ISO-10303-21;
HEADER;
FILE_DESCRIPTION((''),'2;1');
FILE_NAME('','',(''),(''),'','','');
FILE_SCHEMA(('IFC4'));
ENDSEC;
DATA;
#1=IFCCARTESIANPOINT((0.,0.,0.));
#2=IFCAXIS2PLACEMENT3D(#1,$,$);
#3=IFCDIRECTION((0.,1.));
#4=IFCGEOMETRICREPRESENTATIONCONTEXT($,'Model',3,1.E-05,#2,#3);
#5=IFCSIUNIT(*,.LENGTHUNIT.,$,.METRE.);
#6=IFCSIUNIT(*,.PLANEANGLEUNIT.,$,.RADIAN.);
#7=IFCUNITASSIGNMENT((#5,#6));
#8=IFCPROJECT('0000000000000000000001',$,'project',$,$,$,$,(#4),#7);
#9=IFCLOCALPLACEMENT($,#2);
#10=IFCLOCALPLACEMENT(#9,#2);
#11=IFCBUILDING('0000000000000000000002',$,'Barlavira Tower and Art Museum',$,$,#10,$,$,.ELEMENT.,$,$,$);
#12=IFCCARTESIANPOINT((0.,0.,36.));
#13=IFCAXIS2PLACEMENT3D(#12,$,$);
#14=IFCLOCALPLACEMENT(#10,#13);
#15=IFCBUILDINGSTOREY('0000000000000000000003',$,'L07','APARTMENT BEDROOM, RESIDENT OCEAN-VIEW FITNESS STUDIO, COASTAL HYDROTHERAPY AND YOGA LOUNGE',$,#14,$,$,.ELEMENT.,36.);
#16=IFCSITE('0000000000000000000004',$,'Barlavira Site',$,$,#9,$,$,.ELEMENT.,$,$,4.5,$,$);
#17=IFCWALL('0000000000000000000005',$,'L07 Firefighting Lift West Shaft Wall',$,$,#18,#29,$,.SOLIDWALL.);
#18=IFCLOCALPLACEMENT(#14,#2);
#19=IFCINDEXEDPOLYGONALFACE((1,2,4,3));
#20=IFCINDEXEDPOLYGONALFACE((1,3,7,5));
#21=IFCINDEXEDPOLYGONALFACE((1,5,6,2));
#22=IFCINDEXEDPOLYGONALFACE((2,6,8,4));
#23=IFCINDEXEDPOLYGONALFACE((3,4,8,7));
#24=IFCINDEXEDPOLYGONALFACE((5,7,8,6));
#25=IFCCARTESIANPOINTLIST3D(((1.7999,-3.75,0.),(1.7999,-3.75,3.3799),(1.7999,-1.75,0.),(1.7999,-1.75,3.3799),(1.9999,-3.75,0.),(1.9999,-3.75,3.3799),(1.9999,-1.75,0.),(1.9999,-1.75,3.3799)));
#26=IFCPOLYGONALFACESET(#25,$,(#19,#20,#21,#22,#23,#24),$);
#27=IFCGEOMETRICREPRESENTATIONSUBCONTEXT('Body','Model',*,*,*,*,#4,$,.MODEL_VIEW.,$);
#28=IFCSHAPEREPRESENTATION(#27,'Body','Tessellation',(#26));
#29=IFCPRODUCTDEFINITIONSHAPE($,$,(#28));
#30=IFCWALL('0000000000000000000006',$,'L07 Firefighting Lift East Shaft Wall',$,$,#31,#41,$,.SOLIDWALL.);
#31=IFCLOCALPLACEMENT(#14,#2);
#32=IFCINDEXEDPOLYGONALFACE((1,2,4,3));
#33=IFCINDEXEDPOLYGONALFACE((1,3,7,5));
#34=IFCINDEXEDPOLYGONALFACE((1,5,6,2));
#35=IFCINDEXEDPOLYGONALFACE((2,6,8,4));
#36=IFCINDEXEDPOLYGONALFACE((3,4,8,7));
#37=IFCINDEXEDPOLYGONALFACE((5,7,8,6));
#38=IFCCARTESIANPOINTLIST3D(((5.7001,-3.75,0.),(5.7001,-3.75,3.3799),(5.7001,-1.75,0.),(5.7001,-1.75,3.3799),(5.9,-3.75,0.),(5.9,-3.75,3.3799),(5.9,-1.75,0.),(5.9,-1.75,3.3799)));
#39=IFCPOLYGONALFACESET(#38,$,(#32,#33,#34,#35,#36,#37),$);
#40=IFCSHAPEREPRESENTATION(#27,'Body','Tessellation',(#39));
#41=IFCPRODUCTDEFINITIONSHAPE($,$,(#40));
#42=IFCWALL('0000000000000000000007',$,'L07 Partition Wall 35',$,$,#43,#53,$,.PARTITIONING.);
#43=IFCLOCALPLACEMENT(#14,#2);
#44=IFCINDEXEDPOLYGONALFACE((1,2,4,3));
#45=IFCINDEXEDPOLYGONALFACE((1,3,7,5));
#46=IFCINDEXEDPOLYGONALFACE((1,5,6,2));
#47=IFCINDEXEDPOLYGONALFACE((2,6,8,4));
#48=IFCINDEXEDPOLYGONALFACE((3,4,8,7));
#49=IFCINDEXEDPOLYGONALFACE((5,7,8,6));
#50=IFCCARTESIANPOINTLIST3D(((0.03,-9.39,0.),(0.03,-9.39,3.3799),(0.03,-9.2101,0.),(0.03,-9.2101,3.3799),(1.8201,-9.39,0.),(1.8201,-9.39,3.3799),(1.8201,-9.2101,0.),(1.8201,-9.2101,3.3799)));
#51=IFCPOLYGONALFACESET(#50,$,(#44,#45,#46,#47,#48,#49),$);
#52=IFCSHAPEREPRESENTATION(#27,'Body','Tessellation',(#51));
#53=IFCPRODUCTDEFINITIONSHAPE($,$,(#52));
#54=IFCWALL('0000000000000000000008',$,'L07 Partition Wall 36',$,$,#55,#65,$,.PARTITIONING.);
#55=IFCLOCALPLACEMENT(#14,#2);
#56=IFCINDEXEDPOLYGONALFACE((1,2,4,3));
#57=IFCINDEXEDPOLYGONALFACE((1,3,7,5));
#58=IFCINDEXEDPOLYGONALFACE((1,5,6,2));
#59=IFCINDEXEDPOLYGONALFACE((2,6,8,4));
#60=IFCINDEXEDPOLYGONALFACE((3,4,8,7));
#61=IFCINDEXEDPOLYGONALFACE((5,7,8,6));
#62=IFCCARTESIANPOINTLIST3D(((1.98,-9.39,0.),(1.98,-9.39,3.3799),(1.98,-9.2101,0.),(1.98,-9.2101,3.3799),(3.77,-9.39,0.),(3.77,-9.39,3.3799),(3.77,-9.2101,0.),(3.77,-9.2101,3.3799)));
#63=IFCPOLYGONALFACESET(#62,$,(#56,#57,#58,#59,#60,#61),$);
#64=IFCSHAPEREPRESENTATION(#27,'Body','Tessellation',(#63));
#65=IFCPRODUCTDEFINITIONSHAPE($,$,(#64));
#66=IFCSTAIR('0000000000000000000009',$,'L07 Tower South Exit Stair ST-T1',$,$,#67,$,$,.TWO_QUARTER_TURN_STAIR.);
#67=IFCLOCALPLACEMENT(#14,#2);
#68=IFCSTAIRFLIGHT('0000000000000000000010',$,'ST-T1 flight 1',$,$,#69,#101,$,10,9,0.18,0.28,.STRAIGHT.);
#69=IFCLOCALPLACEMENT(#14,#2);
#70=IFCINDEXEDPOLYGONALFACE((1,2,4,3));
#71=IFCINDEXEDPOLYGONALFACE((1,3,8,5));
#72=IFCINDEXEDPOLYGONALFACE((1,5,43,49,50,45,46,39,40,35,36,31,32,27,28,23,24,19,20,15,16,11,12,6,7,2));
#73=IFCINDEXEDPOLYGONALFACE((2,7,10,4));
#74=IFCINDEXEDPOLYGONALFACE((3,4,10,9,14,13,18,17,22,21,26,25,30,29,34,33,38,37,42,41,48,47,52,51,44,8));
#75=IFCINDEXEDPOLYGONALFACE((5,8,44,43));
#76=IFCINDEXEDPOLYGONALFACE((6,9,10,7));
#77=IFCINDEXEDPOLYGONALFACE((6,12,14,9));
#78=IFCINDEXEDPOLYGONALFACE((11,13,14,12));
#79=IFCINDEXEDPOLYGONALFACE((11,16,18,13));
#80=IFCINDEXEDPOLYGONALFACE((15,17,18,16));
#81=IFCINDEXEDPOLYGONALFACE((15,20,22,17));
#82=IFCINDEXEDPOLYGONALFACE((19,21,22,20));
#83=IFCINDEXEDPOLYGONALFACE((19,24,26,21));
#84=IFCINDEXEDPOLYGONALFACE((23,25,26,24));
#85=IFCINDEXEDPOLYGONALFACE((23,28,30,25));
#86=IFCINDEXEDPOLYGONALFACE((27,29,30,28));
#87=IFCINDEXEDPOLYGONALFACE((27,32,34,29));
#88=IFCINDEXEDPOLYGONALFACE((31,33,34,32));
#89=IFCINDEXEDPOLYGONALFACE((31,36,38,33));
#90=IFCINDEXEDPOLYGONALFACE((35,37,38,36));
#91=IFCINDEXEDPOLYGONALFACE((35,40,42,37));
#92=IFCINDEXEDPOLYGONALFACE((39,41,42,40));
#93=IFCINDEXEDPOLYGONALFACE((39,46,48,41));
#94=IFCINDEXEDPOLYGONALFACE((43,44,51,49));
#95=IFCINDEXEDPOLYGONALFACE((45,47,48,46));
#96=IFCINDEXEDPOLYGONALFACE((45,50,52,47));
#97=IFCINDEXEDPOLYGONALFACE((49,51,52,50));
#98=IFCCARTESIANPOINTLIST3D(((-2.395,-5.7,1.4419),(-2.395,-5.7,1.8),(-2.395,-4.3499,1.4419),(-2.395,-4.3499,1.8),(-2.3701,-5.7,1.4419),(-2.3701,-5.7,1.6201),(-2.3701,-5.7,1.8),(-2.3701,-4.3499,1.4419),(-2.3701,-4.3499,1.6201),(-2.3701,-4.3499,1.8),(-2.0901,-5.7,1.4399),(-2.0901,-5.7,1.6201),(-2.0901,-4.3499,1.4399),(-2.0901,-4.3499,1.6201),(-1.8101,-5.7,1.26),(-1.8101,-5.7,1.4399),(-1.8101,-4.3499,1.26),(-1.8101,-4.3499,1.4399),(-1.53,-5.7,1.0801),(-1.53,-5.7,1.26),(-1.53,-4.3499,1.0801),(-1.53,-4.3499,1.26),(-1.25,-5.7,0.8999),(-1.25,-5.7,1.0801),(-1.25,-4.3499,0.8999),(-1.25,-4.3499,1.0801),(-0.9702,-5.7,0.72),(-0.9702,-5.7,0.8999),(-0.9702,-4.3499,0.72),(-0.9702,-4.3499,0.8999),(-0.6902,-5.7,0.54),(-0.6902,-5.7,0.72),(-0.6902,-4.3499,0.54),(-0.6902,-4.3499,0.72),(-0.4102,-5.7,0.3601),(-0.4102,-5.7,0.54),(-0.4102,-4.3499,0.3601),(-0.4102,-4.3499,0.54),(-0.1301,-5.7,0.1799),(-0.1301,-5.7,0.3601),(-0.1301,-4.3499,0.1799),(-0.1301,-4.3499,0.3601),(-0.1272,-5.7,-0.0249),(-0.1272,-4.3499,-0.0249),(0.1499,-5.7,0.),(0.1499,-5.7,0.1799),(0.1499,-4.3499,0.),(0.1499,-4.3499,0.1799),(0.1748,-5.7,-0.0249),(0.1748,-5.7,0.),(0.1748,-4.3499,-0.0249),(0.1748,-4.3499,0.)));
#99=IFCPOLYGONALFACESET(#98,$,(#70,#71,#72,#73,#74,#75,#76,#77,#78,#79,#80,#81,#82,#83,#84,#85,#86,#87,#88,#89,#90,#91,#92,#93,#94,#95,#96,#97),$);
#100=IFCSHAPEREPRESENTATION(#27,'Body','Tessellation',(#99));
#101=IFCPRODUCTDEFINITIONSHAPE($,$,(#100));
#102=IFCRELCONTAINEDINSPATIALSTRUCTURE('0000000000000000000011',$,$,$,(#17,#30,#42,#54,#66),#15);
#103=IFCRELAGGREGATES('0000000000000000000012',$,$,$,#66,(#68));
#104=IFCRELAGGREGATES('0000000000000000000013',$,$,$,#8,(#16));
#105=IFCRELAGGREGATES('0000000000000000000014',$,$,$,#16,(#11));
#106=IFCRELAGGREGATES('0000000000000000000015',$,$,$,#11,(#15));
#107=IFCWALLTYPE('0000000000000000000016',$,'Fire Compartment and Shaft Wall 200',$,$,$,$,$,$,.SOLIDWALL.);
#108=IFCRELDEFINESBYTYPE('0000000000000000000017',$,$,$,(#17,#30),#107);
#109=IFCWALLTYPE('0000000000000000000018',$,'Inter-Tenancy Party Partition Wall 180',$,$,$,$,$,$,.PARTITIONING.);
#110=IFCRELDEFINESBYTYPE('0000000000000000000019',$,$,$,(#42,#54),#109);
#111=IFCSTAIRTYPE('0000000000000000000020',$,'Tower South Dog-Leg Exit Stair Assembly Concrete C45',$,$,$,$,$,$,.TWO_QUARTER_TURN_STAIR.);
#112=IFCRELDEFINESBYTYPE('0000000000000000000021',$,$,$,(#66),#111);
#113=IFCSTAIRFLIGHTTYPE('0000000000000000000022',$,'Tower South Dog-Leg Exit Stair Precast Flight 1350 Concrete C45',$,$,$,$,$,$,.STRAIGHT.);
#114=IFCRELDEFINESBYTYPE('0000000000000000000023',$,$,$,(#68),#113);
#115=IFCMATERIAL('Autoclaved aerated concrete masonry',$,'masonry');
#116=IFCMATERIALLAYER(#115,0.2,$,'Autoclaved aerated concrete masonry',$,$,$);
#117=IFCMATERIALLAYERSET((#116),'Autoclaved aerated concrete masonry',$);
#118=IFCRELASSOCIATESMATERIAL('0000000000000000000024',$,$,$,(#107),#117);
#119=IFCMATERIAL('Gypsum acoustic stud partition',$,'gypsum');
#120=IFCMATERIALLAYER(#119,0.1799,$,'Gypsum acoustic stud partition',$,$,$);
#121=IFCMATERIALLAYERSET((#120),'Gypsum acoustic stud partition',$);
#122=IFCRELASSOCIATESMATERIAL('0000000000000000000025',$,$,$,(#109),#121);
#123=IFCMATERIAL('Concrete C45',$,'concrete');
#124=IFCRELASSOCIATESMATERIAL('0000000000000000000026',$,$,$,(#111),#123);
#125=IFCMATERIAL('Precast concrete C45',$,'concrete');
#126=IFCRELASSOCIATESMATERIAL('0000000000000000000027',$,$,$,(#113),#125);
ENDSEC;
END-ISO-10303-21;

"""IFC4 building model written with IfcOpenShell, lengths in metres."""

from ifc_helpers import new_model, si_unit, direction, frame, frame_2d, origin, place, context, subcontext, project, spatial, polyline, rectangle, outline, extrude, material, layer, layer_set, type_object, element, aggregate, save


model = new_model("IFC4")

# Units and contexts
model_context = context("Model", 3, precision=1e-05, world=origin(), true_north=direction((0.0, 1.0)))
body_context = subcontext(model_context, "Body", "Model", "MODEL_VIEW")
ifc_project = project(units=[si_unit("LENGTHUNIT", "METRE"), si_unit("PLANEANGLEUNIT", "RADIAN")], contexts=[model_context])

# Site, building, storey
site_placement = place(None, origin())
site = spatial("IfcSite", under=ifc_project, at=site_placement, Name="Barlavira Site", CompositionType="ELEMENT", RefElevation=4.5)
building_placement = place(site_placement, origin())
building = spatial("IfcBuilding", under=site, at=building_placement, Name="Barlavira Tower and Art Museum", CompositionType="ELEMENT")
storey_placement = place(building_placement, frame((0.0, 0.0, 36.0)))
storey = spatial("IfcBuildingStorey", under=building, at=storey_placement, Name="L07", Description="APARTMENT BEDROOM, RESIDENT OCEAN-VIEW FITNESS STUDIO, COASTAL HYDROTHERAPY AND YOGA LOUNGE", CompositionType="ELEMENT", Elevation=36.0)

# Shared definitions
ifc_material_1 = material(Name="Autoclaved aerated concrete masonry", Category="masonry")
ifc_layer_1 = layer(ifc_material_1, 0.2, Name="Autoclaved aerated concrete masonry")
ifc_layer_set_1 = layer_set([ifc_layer_1], Name="Autoclaved aerated concrete masonry")
wall_type_1 = type_object("IfcWallType", Name="Fire Compartment and Shaft Wall 200", PredefinedType="SOLIDWALL", material=ifc_layer_set_1)

# Walls
for number, where, z_axis, x_axis, name in (
    (1, (1.8999, -3.75, 0.0), (0.0, 0.0, 1.0), (0.0, 1.0, 0.0), "L07 Firefighting Lift West Shaft Wall"),
    (2, (5.8, -3.75, 0.0), (0.0, 0.0, 1.0), (0.0, 1.0, 0.0), "L07 Firefighting Lift East Shaft Wall"),
):
    element("IfcWall", number, at=place(storey_placement, frame(where, z_axis=z_axis, x_axis=x_axis)), inside=storey, type_object=wall_type_1, Name=name, PredefinedType="SOLIDWALL", context=body_context, shape_type="SweptSolid", body=[
        extrude(rectangle(XDim=2.0, YDim=0.2, at=frame_2d((1.0, 0.0))), origin(), (0.0, 0.0, 1.0), 3.3799),
    ])
ifc_material_2 = material(Name="Gypsum acoustic stud partition", Category="gypsum")
ifc_layer_2 = layer(ifc_material_2, 0.1799, Name="Gypsum acoustic stud partition")
ifc_layer_set_2 = layer_set([ifc_layer_2], Name="Gypsum acoustic stud partition")
wall_type_2 = type_object("IfcWallType", Name="Inter-Tenancy Party Partition Wall 180", PredefinedType="PARTITIONING", material=ifc_layer_set_2)
for number, where, z_axis, x_axis, name in (
    (3, (0.03, -9.3, 0.0), (0.0, 0.0, 1.0), (1.0, 0.0, 0.0), "L07 Partition Wall 35"),
    (4, (1.98, -9.3, 0.0), (0.0, 0.0, 1.0), (1.0, 0.0, 0.0), "L07 Partition Wall 36"),
):
    element("IfcWall", number, at=place(storey_placement, frame(where, z_axis=z_axis, x_axis=x_axis)), inside=storey, type_object=wall_type_2, Name=name, PredefinedType="PARTITIONING", context=body_context, shape_type="SweptSolid", body=[
        extrude(rectangle(XDim=1.79, YDim=0.1799, at=frame_2d((0.895, 0.0))), origin(), (0.0, 0.0, 1.0), 3.3799),
    ])

# Stair, stair flight
ifc_material_3 = material(Name="Concrete C45", Category="concrete")
stair_type = type_object("IfcStairType", Name="Tower South Dog-Leg Exit Stair Assembly Concrete C45", PredefinedType="TWO_QUARTER_TURN_STAIR", material=ifc_material_3)
stair_placement = place(storey_placement, origin())
stair = element("IfcStair", 5, at=stair_placement, inside=storey, type_object=stair_type, Name="L07 Tower South Exit Stair ST-T1", PredefinedType="TWO_QUARTER_TURN_STAIR")
ifc_material_4 = material(Name="Precast concrete C45", Category="concrete")
stair_flight_type = type_object("IfcStairFlightType", Name="Tower South Dog-Leg Exit Stair Precast Flight 1350 Concrete C45", PredefinedType="STRAIGHT", material=ifc_material_4)
stair_flight_placement = place(storey_placement, frame((0.1499, -5.0249, 0.0), z_axis=(0.0, 0.0, 1.0), x_axis=(-1.0, 0.0, 0.0)))
stair_flight = element("IfcStairFlight", 6, at=stair_flight_placement, type_object=stair_flight_type, Name="ST-T1 flight 1", NumberOfRisers=10, NumberOfTreads=9, PredefinedType="STRAIGHT", RiserHeight=0.18, TreadLength=0.28, context=body_context, shape_type="SweptSolid", body=[
    extrude(outline(polyline([(-0.0249, 0.0), (0.0, 0.0), (0.0, 0.1799), (0.28, 0.1799), (0.28, 0.3601), (0.5601, 0.3601), (0.5601, 0.54), (0.8401, 0.54), (0.8401, 0.72), (1.1201, 0.72), (1.1201, 0.8999), (1.3999, 0.8999), (1.3999, 1.0801), (1.6799, 1.0801), (1.6799, 1.26), (1.96, 1.26), (1.96, 1.4399), (2.24, 1.4399), (2.24, 1.6201), (2.52, 1.6201), (2.52, 1.8), (2.5449, 1.8), (2.5449, 1.4419), (2.52, 1.4419), (0.2771, -0.0249), (-0.0249, -0.0249), (-0.0249, 0.0)])), frame((0.0, 0.675, 0.0), z_axis=(0.0, -1.0, 0.0), x_axis=(1.0, 0.0, 0.0)), (0.0, 0.0, 1.0), 1.3501),
])
aggregate(stair, [stair_flight])

save(model, "model.ifc")
